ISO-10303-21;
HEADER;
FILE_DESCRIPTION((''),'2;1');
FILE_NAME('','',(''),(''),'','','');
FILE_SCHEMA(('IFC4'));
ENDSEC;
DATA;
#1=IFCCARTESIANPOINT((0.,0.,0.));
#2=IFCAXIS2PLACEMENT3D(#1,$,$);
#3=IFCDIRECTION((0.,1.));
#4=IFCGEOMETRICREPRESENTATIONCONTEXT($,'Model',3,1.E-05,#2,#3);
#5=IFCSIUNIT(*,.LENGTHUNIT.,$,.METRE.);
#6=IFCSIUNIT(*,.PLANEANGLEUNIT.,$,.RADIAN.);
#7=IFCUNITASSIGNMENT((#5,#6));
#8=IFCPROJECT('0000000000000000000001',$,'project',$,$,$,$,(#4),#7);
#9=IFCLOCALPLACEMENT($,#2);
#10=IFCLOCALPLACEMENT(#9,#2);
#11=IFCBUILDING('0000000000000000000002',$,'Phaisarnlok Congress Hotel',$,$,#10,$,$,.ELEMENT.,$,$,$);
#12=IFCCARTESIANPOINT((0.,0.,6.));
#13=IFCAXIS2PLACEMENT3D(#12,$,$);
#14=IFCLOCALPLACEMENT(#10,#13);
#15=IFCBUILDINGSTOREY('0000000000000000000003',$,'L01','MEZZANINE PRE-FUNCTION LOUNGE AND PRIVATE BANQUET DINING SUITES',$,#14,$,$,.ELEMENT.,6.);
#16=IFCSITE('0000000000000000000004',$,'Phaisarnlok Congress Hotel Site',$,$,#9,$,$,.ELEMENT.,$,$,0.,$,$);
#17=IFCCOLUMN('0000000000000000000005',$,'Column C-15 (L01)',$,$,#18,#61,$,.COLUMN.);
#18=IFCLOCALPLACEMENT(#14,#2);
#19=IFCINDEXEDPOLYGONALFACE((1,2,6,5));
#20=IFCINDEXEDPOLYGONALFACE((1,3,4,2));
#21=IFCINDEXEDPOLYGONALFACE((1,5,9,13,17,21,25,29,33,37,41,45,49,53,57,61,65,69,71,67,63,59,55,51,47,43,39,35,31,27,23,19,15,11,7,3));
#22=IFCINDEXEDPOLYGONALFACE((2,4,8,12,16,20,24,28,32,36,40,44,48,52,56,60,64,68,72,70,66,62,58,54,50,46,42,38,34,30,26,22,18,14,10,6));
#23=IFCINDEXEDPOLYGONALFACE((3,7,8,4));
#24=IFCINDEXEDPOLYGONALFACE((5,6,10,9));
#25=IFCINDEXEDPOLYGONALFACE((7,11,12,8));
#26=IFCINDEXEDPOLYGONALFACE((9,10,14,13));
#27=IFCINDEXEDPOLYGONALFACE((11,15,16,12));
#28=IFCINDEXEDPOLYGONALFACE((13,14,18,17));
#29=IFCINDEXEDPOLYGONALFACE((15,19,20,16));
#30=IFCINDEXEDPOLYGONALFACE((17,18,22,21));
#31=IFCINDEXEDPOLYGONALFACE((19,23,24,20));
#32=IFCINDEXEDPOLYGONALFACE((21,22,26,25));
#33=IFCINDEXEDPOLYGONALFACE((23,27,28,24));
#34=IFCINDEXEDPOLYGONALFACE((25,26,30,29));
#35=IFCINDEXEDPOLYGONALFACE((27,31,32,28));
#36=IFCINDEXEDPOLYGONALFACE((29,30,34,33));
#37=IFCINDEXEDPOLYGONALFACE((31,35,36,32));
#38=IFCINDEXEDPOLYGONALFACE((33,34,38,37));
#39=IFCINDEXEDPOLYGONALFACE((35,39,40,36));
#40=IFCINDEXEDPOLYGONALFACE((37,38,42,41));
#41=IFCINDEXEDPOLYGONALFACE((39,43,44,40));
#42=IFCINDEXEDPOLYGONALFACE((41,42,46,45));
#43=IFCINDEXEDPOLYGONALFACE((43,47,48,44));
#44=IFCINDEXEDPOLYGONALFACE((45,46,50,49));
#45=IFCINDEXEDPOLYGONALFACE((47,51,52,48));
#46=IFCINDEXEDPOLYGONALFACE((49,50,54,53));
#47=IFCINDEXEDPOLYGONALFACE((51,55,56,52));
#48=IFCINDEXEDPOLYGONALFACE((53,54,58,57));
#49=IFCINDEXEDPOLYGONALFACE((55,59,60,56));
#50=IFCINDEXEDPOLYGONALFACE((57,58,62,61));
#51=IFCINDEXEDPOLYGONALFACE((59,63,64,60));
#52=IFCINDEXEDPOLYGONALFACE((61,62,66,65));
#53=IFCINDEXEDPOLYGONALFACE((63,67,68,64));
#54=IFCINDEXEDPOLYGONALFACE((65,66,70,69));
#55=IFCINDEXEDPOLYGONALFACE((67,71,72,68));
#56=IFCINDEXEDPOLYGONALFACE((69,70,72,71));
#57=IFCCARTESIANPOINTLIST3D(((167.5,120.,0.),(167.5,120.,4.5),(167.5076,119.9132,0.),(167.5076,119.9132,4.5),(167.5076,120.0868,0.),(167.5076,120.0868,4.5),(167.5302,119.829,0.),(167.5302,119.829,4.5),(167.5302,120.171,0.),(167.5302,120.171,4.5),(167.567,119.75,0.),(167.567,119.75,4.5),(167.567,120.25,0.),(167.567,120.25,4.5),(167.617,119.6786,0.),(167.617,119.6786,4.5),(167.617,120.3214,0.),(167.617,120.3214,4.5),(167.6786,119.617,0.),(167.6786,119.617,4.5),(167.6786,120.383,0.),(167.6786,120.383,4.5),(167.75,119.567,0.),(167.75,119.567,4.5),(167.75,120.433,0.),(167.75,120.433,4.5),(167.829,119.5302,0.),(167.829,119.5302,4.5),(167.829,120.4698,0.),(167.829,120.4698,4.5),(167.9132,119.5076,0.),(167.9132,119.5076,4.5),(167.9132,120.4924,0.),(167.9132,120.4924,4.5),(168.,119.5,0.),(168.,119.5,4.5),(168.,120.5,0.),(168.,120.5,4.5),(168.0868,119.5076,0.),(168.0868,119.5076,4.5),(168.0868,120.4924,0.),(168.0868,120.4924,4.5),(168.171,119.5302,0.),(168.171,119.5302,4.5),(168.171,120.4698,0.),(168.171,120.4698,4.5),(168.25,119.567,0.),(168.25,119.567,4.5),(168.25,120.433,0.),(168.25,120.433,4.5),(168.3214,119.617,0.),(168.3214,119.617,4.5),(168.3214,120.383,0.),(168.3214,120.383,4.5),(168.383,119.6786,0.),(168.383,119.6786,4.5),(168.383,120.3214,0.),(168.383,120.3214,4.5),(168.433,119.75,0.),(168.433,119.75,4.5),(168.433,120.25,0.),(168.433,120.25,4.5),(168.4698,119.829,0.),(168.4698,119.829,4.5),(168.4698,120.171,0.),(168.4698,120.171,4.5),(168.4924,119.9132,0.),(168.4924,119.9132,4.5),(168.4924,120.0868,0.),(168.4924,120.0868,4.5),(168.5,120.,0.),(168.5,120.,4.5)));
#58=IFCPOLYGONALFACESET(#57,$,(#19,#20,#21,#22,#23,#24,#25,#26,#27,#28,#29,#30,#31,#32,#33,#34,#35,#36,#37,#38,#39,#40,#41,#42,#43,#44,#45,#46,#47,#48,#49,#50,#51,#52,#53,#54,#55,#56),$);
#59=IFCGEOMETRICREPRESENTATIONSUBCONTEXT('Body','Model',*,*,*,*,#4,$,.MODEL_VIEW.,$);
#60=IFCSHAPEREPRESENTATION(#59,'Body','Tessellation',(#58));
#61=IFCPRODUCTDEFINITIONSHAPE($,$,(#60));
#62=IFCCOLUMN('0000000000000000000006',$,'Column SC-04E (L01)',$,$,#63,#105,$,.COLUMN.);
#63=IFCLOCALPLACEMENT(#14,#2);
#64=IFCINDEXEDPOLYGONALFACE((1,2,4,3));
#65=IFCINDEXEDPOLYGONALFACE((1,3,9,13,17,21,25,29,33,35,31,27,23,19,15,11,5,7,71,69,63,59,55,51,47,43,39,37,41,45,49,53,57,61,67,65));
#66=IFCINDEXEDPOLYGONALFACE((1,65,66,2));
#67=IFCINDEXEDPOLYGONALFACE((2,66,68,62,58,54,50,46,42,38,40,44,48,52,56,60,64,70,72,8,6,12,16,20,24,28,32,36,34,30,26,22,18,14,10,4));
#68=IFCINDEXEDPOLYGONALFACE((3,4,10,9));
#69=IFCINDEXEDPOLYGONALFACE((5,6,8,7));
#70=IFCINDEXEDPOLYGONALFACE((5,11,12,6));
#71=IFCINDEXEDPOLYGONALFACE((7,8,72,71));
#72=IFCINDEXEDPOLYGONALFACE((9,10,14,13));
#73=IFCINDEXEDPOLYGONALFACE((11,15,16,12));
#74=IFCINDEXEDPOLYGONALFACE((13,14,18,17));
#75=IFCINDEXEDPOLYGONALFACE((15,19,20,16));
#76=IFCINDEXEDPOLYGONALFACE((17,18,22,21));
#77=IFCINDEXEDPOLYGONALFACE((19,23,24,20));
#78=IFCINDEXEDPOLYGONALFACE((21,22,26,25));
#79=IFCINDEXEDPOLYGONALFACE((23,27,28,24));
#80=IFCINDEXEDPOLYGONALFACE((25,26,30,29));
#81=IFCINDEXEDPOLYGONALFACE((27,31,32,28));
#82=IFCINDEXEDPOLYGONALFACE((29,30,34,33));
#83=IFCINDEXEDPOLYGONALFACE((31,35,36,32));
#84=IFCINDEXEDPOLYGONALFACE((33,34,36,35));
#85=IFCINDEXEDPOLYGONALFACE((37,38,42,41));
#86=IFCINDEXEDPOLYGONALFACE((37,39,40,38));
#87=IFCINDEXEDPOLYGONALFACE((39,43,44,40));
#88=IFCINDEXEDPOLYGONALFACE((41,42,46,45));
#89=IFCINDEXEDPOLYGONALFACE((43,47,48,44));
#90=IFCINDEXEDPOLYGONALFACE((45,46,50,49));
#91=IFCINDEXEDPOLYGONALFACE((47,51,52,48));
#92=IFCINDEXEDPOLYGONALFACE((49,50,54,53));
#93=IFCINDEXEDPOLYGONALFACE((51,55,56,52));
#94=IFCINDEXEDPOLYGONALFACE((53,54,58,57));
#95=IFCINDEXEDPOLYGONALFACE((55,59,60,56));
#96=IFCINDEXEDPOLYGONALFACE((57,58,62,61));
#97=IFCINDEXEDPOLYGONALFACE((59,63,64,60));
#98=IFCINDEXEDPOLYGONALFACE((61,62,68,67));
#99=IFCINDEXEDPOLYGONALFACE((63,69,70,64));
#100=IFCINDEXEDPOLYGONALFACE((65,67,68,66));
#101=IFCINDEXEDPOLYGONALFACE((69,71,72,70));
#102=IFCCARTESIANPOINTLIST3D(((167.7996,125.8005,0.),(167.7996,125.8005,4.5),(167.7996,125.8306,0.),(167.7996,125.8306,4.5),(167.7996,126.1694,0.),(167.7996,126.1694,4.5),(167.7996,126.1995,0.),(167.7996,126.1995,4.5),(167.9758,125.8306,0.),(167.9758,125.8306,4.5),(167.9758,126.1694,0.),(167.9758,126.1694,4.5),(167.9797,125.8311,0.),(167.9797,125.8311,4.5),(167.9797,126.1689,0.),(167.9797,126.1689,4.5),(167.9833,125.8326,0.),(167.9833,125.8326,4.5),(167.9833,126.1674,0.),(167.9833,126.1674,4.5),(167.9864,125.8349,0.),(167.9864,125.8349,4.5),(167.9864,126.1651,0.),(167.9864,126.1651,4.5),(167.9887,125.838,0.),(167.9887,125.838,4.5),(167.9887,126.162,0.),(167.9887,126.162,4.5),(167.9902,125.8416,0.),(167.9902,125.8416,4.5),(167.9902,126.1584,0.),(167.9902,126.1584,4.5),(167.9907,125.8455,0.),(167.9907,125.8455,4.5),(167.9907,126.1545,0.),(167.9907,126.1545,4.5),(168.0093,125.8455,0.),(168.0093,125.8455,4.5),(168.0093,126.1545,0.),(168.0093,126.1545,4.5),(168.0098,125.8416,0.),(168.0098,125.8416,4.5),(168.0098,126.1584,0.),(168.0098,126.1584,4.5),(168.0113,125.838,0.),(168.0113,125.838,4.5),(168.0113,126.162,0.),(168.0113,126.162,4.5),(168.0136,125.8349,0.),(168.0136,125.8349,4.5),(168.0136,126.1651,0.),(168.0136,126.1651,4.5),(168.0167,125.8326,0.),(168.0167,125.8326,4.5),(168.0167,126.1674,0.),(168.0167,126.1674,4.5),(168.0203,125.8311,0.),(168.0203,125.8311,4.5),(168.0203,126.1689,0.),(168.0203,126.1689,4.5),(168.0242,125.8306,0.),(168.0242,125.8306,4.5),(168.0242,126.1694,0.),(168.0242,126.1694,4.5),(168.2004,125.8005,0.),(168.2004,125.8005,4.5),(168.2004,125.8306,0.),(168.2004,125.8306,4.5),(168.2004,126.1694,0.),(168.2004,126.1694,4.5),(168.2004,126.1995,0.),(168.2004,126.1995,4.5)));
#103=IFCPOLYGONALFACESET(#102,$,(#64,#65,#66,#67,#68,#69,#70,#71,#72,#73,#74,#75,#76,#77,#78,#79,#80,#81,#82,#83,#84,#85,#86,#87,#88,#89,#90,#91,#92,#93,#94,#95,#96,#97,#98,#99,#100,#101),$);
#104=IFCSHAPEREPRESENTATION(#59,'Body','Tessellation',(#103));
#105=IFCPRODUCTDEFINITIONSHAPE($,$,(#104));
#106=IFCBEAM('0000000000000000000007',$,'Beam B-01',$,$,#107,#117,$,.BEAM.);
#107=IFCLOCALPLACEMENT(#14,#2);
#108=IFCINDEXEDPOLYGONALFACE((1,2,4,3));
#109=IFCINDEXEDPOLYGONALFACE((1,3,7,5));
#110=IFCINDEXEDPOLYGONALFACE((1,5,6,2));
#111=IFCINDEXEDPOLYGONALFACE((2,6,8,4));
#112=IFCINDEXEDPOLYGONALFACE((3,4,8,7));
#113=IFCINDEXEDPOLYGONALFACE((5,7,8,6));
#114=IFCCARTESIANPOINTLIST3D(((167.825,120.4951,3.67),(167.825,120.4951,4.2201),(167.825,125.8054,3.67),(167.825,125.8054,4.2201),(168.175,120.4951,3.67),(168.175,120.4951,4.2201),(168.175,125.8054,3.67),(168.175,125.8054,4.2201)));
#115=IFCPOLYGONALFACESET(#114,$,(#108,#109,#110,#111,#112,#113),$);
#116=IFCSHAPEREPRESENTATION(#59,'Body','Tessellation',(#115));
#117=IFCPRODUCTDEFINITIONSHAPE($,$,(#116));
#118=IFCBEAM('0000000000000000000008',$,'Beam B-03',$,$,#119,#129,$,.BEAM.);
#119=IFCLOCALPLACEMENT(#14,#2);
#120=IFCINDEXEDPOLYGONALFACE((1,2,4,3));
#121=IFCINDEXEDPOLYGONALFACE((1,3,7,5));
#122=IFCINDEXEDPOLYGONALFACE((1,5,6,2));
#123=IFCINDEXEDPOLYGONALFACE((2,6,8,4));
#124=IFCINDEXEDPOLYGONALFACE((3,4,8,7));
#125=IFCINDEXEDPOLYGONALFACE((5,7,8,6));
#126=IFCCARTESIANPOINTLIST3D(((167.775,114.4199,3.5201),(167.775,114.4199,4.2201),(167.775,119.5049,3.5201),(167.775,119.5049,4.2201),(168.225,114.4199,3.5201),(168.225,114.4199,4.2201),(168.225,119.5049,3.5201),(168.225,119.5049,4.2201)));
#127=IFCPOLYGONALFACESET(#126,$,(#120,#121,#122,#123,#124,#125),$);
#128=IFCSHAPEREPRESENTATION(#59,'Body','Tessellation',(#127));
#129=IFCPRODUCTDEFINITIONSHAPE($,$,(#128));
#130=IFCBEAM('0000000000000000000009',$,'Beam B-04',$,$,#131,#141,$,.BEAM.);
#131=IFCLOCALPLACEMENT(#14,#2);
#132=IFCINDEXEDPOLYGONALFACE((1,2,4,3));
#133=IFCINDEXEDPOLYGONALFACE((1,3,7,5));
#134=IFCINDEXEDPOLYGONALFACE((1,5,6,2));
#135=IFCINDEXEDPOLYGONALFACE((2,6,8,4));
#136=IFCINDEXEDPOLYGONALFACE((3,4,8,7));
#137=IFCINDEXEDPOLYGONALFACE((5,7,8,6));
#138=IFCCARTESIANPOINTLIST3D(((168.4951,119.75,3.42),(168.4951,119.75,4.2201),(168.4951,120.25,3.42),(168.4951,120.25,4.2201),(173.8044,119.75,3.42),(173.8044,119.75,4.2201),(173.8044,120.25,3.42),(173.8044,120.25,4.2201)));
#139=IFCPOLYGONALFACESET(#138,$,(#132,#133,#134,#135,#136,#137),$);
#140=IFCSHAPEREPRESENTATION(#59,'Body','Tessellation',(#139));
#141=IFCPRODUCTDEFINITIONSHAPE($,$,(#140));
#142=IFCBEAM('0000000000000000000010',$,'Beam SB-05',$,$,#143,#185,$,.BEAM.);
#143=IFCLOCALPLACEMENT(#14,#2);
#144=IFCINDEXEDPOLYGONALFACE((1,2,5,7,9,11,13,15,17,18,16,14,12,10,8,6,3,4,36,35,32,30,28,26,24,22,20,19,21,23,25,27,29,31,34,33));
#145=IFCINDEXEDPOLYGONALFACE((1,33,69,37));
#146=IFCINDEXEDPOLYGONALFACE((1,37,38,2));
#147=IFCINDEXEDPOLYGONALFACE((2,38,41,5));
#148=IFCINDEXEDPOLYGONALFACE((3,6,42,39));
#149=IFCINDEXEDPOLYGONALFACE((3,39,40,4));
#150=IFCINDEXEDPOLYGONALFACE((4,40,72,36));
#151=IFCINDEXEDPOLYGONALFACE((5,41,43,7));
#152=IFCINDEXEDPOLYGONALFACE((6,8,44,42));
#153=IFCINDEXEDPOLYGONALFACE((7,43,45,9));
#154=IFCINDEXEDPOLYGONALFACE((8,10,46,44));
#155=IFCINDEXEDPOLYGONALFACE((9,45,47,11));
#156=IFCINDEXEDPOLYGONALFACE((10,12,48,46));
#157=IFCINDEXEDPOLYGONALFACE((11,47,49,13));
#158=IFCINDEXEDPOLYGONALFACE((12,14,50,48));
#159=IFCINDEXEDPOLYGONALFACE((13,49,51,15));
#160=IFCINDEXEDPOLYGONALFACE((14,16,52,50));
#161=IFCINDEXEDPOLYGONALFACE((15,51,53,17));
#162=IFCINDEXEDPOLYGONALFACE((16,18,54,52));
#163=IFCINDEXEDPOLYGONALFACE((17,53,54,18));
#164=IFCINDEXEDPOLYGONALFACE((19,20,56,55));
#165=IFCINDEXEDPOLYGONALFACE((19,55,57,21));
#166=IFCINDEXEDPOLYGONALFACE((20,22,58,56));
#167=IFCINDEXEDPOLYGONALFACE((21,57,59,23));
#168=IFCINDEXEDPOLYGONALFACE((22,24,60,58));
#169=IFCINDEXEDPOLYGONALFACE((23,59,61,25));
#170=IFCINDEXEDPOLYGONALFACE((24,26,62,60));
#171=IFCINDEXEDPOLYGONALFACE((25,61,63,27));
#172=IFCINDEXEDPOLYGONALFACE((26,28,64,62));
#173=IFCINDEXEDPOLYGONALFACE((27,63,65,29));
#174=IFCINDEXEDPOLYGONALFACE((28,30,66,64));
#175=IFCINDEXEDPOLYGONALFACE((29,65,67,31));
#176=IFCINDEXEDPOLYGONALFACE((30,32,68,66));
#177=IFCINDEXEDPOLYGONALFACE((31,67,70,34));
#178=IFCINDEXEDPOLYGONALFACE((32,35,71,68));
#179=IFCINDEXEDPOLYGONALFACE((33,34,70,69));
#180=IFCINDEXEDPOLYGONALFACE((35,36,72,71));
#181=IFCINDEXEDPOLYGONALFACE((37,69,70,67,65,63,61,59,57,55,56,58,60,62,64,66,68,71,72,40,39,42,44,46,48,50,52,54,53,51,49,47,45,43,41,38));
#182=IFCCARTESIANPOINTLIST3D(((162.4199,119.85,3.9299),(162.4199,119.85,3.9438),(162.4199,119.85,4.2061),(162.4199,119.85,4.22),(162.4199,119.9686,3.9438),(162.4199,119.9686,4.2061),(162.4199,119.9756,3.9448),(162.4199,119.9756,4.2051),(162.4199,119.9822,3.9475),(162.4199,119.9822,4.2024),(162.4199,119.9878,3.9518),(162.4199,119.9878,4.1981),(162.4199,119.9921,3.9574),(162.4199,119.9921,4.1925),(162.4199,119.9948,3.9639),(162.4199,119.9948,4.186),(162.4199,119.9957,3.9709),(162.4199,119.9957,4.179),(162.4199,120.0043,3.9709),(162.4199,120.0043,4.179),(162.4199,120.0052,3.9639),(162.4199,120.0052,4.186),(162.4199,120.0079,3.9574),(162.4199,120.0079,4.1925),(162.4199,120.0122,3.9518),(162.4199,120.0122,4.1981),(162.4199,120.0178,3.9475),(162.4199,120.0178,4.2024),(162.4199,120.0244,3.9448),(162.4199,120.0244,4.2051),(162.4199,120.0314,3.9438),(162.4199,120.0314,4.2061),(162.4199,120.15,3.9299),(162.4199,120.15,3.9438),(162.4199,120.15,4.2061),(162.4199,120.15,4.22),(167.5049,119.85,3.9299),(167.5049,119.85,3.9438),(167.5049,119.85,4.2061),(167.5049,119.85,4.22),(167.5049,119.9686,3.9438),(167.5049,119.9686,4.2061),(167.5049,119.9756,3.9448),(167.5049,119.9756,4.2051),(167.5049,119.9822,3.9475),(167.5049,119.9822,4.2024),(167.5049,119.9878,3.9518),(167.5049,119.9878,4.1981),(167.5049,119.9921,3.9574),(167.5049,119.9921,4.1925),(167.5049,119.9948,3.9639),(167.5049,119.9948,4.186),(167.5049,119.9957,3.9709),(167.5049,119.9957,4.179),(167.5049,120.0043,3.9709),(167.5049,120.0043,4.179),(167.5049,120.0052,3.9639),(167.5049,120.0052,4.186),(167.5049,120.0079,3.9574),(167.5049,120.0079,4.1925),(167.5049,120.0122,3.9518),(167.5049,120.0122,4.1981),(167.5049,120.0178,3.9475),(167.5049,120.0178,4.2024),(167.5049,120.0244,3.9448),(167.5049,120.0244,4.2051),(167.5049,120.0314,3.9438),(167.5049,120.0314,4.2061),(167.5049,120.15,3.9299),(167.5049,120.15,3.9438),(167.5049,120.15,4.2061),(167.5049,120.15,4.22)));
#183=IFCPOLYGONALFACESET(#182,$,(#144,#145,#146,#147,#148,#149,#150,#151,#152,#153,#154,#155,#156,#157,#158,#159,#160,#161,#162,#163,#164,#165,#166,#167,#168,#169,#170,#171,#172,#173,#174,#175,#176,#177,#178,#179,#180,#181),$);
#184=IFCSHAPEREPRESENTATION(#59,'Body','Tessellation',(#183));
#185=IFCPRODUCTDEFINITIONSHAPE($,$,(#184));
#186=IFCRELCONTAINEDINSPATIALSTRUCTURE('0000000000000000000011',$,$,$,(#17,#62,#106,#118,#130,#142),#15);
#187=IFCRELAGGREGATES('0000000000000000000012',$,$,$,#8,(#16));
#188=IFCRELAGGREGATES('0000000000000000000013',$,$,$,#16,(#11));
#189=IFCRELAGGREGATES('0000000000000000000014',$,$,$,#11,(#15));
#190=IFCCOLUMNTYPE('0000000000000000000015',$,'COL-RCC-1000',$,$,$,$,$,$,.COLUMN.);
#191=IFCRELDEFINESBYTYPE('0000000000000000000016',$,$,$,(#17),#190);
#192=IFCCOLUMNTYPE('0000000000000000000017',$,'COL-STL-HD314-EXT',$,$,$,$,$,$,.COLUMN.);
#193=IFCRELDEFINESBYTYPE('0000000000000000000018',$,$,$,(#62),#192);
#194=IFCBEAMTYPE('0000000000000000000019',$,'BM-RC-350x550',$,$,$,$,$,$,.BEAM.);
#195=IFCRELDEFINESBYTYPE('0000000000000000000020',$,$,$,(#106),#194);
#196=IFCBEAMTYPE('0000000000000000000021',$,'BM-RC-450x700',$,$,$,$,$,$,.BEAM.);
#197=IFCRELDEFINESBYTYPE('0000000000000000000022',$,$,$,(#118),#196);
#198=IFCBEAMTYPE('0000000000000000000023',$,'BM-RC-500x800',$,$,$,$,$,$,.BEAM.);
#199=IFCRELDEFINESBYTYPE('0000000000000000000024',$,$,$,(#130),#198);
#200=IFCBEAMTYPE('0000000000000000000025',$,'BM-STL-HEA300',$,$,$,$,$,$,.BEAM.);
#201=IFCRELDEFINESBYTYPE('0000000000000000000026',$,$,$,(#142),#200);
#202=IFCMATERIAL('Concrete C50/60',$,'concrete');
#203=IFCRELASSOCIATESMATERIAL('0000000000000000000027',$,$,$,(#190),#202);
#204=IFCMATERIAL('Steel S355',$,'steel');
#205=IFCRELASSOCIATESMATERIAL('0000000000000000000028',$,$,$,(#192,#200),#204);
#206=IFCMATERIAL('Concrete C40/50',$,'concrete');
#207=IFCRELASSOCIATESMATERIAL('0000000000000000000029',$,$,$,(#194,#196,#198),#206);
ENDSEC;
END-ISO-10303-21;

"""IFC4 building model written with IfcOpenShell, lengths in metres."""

from ifc_helpers import new_model, si_unit, direction, frame, origin, origin_2d, place, context, subcontext, project, spatial, rectangle, circle, i_section, extrude, material, material_profile, profile_set, type_object, element, save


model = new_model("IFC4")

# Units and contexts
model_context = context("Model", 3, precision=1e-05, world=origin(), true_north=direction((0.0, 1.0)))
body_context = subcontext(model_context, "Body", "Model", "MODEL_VIEW")
ifc_project = project(units=[si_unit("LENGTHUNIT", "METRE"), si_unit("PLANEANGLEUNIT", "RADIAN")], contexts=[model_context])

# Site, building, storey
site_placement = place(None, origin())
site = spatial("IfcSite", under=ifc_project, at=site_placement, Name="Phaisarnlok Congress Hotel Site", CompositionType="ELEMENT", RefElevation=0.0)
building_placement = place(site_placement, origin())
building = spatial("IfcBuilding", under=site, at=building_placement, Name="Phaisarnlok Congress Hotel", CompositionType="ELEMENT")
storey_placement = place(building_placement, frame((0.0, 0.0, 6.0)))
storey = spatial("IfcBuildingStorey", under=building, at=storey_placement, Name="L01", Description="MEZZANINE PRE-FUNCTION LOUNGE AND PRIVATE BANQUET DINING SUITES", CompositionType="ELEMENT", Elevation=6.0)

# Columns
ifc_material_1 = material(Name="Concrete C50/60", Category="concrete")
ifc_material_profile_1 = material_profile(ifc_material_1, circle(Radius=0.5, at=origin_2d()), Name="RCC D1000")
ifc_profile_set_1 = profile_set([ifc_material_profile_1], Name="Concrete C50/60")
column_type_1 = type_object("IfcColumnType", Name="COL-RCC-1000", PredefinedType="COLUMN", material=ifc_profile_set_1)
column_1_placement = place(storey_placement, frame((168.0, 120.0, 0.0), z_axis=(0.0, 0.0, 1.0), x_axis=(1.0, 0.0, 0.0)))
element("IfcColumn", 1, at=column_1_placement, inside=storey, type_object=column_type_1, Name="Column C-15 (L01)", PredefinedType="COLUMN", context=body_context, shape_type="SweptSolid", body=[
    extrude(circle(Radius=0.5, at=origin_2d()), origin(), (0.0, 0.0, 1.0), 4.5),
])
ifc_material_2 = material(Name="Steel S355", Category="steel")
ifc_material_profile_2 = material_profile(ifc_material_2, i_section(OverallWidth=0.4009, OverallDepth=0.3989, WebThickness=0.0186, FlangeThickness=0.03, FilletRadius=0.0149, at=origin_2d()), Name="HD 400x314")
ifc_profile_set_2 = profile_set([ifc_material_profile_2], Name="Steel S355")
column_type_2 = type_object("IfcColumnType", Name="COL-STL-HD314-EXT", PredefinedType="COLUMN", material=ifc_profile_set_2)
column_2_placement = place(storey_placement, frame((168.0, 126.0, 0.0), z_axis=(0.0, 0.0, 1.0), x_axis=(1.0, 0.0, 0.0)))
element("IfcColumn", 2, at=column_2_placement, inside=storey, type_object=column_type_2, Name="Column SC-04E (L01)", PredefinedType="COLUMN", context=body_context, shape_type="SweptSolid", body=[
    extrude(i_section(OverallWidth=0.4009, OverallDepth=0.3989, WebThickness=0.0186, FlangeThickness=0.03, FilletRadius=0.0149, at=origin_2d()), origin(), (0.0, 0.0, 1.0), 4.5),
])

# Beams
ifc_material_3 = material(Name="Concrete C40/50", Category="concrete")
ifc_material_profile_3 = material_profile(ifc_material_3, rectangle(XDim=0.3501, YDim=0.55, at=origin_2d()), Name="RC 350x550")
ifc_profile_set_3 = profile_set([ifc_material_profile_3], Name="Concrete C40/50")
beam_type_1 = type_object("IfcBeamType", Name="BM-RC-350x550", PredefinedType="BEAM", material=ifc_profile_set_3)
beam_1_placement = place(storey_placement, frame((168.0, 120.4951, 3.9451), z_axis=(0.0, 1.0, 0.0), x_axis=(-1.0, 0.0, 0.0)))
element("IfcBeam", 3, at=beam_1_placement, inside=storey, type_object=beam_type_1, Name="Beam B-01", PredefinedType="BEAM", context=body_context, shape_type="SweptSolid", body=[
    extrude(rectangle(XDim=0.3501, YDim=0.55, at=origin_2d()), origin(), (0.0, 0.0, 1.0), 5.3103),
])
ifc_material_profile_4 = material_profile(ifc_material_3, rectangle(XDim=0.45, YDim=0.7, at=origin_2d()), Name="RC 450x700")
ifc_profile_set_4 = profile_set([ifc_material_profile_4], Name="Concrete C40/50")
beam_type_2 = type_object("IfcBeamType", Name="BM-RC-450x700", PredefinedType="BEAM", material=ifc_profile_set_4)
beam_2_placement = place(storey_placement, frame((168.0, 114.4199, 3.8701), z_axis=(0.0, 1.0, 0.0), x_axis=(-1.0, 0.0, 0.0)))
element("IfcBeam", 4, at=beam_2_placement, inside=storey, type_object=beam_type_2, Name="Beam B-03", PredefinedType="BEAM", context=body_context, shape_type="SweptSolid", body=[
    extrude(rectangle(XDim=0.45, YDim=0.7, at=origin_2d()), origin(), (0.0, 0.0, 1.0), 5.085),
])
ifc_material_profile_5 = material_profile(ifc_material_3, rectangle(XDim=0.5, YDim=0.8, at=origin_2d()), Name="RC 500x800")
ifc_profile_set_5 = profile_set([ifc_material_profile_5], Name="Concrete C40/50")
beam_type_3 = type_object("IfcBeamType", Name="BM-RC-500x800", PredefinedType="BEAM", material=ifc_profile_set_5)
beam_3_placement = place(storey_placement, frame((168.4951, 120.0, 3.8201), z_axis=(1.0, 0.0, 0.0), x_axis=(0.0, 1.0, 0.0)))
element("IfcBeam", 5, at=beam_3_placement, inside=storey, type_object=beam_type_3, Name="Beam B-04", PredefinedType="BEAM", context=body_context, shape_type="SweptSolid", body=[
    extrude(rectangle(XDim=0.5, YDim=0.8, at=origin_2d()), origin(), (0.0, 0.0, 1.0), 5.3093),
])
ifc_material_profile_6 = material_profile(ifc_material_2, i_section(OverallWidth=0.3, OverallDepth=0.29, WebThickness=0.0085, FlangeThickness=0.0139, FilletRadius=0.0271, at=origin_2d()), Name="HEA 300")
ifc_profile_set_6 = profile_set([ifc_material_profile_6], Name="Steel S355")
beam_type_4 = type_object("IfcBeamType", Name="BM-STL-HEA300", PredefinedType="BEAM", material=ifc_profile_set_6)
beam_4_placement = place(storey_placement, frame((162.4199, 120.0, 4.075), z_axis=(1.0, 0.0, 0.0), x_axis=(0.0, 1.0, 0.0)))
element("IfcBeam", 6, at=beam_4_placement, inside=storey, type_object=beam_type_4, Name="Beam SB-05", PredefinedType="BEAM", context=body_context, shape_type="SweptSolid", body=[
    extrude(i_section(OverallWidth=0.3, OverallDepth=0.29, WebThickness=0.0085, FlangeThickness=0.0139, FilletRadius=0.0271, at=origin_2d()), origin(), (0.0, 0.0, 1.0), 5.085),
])

save(model, "model.ifc")
